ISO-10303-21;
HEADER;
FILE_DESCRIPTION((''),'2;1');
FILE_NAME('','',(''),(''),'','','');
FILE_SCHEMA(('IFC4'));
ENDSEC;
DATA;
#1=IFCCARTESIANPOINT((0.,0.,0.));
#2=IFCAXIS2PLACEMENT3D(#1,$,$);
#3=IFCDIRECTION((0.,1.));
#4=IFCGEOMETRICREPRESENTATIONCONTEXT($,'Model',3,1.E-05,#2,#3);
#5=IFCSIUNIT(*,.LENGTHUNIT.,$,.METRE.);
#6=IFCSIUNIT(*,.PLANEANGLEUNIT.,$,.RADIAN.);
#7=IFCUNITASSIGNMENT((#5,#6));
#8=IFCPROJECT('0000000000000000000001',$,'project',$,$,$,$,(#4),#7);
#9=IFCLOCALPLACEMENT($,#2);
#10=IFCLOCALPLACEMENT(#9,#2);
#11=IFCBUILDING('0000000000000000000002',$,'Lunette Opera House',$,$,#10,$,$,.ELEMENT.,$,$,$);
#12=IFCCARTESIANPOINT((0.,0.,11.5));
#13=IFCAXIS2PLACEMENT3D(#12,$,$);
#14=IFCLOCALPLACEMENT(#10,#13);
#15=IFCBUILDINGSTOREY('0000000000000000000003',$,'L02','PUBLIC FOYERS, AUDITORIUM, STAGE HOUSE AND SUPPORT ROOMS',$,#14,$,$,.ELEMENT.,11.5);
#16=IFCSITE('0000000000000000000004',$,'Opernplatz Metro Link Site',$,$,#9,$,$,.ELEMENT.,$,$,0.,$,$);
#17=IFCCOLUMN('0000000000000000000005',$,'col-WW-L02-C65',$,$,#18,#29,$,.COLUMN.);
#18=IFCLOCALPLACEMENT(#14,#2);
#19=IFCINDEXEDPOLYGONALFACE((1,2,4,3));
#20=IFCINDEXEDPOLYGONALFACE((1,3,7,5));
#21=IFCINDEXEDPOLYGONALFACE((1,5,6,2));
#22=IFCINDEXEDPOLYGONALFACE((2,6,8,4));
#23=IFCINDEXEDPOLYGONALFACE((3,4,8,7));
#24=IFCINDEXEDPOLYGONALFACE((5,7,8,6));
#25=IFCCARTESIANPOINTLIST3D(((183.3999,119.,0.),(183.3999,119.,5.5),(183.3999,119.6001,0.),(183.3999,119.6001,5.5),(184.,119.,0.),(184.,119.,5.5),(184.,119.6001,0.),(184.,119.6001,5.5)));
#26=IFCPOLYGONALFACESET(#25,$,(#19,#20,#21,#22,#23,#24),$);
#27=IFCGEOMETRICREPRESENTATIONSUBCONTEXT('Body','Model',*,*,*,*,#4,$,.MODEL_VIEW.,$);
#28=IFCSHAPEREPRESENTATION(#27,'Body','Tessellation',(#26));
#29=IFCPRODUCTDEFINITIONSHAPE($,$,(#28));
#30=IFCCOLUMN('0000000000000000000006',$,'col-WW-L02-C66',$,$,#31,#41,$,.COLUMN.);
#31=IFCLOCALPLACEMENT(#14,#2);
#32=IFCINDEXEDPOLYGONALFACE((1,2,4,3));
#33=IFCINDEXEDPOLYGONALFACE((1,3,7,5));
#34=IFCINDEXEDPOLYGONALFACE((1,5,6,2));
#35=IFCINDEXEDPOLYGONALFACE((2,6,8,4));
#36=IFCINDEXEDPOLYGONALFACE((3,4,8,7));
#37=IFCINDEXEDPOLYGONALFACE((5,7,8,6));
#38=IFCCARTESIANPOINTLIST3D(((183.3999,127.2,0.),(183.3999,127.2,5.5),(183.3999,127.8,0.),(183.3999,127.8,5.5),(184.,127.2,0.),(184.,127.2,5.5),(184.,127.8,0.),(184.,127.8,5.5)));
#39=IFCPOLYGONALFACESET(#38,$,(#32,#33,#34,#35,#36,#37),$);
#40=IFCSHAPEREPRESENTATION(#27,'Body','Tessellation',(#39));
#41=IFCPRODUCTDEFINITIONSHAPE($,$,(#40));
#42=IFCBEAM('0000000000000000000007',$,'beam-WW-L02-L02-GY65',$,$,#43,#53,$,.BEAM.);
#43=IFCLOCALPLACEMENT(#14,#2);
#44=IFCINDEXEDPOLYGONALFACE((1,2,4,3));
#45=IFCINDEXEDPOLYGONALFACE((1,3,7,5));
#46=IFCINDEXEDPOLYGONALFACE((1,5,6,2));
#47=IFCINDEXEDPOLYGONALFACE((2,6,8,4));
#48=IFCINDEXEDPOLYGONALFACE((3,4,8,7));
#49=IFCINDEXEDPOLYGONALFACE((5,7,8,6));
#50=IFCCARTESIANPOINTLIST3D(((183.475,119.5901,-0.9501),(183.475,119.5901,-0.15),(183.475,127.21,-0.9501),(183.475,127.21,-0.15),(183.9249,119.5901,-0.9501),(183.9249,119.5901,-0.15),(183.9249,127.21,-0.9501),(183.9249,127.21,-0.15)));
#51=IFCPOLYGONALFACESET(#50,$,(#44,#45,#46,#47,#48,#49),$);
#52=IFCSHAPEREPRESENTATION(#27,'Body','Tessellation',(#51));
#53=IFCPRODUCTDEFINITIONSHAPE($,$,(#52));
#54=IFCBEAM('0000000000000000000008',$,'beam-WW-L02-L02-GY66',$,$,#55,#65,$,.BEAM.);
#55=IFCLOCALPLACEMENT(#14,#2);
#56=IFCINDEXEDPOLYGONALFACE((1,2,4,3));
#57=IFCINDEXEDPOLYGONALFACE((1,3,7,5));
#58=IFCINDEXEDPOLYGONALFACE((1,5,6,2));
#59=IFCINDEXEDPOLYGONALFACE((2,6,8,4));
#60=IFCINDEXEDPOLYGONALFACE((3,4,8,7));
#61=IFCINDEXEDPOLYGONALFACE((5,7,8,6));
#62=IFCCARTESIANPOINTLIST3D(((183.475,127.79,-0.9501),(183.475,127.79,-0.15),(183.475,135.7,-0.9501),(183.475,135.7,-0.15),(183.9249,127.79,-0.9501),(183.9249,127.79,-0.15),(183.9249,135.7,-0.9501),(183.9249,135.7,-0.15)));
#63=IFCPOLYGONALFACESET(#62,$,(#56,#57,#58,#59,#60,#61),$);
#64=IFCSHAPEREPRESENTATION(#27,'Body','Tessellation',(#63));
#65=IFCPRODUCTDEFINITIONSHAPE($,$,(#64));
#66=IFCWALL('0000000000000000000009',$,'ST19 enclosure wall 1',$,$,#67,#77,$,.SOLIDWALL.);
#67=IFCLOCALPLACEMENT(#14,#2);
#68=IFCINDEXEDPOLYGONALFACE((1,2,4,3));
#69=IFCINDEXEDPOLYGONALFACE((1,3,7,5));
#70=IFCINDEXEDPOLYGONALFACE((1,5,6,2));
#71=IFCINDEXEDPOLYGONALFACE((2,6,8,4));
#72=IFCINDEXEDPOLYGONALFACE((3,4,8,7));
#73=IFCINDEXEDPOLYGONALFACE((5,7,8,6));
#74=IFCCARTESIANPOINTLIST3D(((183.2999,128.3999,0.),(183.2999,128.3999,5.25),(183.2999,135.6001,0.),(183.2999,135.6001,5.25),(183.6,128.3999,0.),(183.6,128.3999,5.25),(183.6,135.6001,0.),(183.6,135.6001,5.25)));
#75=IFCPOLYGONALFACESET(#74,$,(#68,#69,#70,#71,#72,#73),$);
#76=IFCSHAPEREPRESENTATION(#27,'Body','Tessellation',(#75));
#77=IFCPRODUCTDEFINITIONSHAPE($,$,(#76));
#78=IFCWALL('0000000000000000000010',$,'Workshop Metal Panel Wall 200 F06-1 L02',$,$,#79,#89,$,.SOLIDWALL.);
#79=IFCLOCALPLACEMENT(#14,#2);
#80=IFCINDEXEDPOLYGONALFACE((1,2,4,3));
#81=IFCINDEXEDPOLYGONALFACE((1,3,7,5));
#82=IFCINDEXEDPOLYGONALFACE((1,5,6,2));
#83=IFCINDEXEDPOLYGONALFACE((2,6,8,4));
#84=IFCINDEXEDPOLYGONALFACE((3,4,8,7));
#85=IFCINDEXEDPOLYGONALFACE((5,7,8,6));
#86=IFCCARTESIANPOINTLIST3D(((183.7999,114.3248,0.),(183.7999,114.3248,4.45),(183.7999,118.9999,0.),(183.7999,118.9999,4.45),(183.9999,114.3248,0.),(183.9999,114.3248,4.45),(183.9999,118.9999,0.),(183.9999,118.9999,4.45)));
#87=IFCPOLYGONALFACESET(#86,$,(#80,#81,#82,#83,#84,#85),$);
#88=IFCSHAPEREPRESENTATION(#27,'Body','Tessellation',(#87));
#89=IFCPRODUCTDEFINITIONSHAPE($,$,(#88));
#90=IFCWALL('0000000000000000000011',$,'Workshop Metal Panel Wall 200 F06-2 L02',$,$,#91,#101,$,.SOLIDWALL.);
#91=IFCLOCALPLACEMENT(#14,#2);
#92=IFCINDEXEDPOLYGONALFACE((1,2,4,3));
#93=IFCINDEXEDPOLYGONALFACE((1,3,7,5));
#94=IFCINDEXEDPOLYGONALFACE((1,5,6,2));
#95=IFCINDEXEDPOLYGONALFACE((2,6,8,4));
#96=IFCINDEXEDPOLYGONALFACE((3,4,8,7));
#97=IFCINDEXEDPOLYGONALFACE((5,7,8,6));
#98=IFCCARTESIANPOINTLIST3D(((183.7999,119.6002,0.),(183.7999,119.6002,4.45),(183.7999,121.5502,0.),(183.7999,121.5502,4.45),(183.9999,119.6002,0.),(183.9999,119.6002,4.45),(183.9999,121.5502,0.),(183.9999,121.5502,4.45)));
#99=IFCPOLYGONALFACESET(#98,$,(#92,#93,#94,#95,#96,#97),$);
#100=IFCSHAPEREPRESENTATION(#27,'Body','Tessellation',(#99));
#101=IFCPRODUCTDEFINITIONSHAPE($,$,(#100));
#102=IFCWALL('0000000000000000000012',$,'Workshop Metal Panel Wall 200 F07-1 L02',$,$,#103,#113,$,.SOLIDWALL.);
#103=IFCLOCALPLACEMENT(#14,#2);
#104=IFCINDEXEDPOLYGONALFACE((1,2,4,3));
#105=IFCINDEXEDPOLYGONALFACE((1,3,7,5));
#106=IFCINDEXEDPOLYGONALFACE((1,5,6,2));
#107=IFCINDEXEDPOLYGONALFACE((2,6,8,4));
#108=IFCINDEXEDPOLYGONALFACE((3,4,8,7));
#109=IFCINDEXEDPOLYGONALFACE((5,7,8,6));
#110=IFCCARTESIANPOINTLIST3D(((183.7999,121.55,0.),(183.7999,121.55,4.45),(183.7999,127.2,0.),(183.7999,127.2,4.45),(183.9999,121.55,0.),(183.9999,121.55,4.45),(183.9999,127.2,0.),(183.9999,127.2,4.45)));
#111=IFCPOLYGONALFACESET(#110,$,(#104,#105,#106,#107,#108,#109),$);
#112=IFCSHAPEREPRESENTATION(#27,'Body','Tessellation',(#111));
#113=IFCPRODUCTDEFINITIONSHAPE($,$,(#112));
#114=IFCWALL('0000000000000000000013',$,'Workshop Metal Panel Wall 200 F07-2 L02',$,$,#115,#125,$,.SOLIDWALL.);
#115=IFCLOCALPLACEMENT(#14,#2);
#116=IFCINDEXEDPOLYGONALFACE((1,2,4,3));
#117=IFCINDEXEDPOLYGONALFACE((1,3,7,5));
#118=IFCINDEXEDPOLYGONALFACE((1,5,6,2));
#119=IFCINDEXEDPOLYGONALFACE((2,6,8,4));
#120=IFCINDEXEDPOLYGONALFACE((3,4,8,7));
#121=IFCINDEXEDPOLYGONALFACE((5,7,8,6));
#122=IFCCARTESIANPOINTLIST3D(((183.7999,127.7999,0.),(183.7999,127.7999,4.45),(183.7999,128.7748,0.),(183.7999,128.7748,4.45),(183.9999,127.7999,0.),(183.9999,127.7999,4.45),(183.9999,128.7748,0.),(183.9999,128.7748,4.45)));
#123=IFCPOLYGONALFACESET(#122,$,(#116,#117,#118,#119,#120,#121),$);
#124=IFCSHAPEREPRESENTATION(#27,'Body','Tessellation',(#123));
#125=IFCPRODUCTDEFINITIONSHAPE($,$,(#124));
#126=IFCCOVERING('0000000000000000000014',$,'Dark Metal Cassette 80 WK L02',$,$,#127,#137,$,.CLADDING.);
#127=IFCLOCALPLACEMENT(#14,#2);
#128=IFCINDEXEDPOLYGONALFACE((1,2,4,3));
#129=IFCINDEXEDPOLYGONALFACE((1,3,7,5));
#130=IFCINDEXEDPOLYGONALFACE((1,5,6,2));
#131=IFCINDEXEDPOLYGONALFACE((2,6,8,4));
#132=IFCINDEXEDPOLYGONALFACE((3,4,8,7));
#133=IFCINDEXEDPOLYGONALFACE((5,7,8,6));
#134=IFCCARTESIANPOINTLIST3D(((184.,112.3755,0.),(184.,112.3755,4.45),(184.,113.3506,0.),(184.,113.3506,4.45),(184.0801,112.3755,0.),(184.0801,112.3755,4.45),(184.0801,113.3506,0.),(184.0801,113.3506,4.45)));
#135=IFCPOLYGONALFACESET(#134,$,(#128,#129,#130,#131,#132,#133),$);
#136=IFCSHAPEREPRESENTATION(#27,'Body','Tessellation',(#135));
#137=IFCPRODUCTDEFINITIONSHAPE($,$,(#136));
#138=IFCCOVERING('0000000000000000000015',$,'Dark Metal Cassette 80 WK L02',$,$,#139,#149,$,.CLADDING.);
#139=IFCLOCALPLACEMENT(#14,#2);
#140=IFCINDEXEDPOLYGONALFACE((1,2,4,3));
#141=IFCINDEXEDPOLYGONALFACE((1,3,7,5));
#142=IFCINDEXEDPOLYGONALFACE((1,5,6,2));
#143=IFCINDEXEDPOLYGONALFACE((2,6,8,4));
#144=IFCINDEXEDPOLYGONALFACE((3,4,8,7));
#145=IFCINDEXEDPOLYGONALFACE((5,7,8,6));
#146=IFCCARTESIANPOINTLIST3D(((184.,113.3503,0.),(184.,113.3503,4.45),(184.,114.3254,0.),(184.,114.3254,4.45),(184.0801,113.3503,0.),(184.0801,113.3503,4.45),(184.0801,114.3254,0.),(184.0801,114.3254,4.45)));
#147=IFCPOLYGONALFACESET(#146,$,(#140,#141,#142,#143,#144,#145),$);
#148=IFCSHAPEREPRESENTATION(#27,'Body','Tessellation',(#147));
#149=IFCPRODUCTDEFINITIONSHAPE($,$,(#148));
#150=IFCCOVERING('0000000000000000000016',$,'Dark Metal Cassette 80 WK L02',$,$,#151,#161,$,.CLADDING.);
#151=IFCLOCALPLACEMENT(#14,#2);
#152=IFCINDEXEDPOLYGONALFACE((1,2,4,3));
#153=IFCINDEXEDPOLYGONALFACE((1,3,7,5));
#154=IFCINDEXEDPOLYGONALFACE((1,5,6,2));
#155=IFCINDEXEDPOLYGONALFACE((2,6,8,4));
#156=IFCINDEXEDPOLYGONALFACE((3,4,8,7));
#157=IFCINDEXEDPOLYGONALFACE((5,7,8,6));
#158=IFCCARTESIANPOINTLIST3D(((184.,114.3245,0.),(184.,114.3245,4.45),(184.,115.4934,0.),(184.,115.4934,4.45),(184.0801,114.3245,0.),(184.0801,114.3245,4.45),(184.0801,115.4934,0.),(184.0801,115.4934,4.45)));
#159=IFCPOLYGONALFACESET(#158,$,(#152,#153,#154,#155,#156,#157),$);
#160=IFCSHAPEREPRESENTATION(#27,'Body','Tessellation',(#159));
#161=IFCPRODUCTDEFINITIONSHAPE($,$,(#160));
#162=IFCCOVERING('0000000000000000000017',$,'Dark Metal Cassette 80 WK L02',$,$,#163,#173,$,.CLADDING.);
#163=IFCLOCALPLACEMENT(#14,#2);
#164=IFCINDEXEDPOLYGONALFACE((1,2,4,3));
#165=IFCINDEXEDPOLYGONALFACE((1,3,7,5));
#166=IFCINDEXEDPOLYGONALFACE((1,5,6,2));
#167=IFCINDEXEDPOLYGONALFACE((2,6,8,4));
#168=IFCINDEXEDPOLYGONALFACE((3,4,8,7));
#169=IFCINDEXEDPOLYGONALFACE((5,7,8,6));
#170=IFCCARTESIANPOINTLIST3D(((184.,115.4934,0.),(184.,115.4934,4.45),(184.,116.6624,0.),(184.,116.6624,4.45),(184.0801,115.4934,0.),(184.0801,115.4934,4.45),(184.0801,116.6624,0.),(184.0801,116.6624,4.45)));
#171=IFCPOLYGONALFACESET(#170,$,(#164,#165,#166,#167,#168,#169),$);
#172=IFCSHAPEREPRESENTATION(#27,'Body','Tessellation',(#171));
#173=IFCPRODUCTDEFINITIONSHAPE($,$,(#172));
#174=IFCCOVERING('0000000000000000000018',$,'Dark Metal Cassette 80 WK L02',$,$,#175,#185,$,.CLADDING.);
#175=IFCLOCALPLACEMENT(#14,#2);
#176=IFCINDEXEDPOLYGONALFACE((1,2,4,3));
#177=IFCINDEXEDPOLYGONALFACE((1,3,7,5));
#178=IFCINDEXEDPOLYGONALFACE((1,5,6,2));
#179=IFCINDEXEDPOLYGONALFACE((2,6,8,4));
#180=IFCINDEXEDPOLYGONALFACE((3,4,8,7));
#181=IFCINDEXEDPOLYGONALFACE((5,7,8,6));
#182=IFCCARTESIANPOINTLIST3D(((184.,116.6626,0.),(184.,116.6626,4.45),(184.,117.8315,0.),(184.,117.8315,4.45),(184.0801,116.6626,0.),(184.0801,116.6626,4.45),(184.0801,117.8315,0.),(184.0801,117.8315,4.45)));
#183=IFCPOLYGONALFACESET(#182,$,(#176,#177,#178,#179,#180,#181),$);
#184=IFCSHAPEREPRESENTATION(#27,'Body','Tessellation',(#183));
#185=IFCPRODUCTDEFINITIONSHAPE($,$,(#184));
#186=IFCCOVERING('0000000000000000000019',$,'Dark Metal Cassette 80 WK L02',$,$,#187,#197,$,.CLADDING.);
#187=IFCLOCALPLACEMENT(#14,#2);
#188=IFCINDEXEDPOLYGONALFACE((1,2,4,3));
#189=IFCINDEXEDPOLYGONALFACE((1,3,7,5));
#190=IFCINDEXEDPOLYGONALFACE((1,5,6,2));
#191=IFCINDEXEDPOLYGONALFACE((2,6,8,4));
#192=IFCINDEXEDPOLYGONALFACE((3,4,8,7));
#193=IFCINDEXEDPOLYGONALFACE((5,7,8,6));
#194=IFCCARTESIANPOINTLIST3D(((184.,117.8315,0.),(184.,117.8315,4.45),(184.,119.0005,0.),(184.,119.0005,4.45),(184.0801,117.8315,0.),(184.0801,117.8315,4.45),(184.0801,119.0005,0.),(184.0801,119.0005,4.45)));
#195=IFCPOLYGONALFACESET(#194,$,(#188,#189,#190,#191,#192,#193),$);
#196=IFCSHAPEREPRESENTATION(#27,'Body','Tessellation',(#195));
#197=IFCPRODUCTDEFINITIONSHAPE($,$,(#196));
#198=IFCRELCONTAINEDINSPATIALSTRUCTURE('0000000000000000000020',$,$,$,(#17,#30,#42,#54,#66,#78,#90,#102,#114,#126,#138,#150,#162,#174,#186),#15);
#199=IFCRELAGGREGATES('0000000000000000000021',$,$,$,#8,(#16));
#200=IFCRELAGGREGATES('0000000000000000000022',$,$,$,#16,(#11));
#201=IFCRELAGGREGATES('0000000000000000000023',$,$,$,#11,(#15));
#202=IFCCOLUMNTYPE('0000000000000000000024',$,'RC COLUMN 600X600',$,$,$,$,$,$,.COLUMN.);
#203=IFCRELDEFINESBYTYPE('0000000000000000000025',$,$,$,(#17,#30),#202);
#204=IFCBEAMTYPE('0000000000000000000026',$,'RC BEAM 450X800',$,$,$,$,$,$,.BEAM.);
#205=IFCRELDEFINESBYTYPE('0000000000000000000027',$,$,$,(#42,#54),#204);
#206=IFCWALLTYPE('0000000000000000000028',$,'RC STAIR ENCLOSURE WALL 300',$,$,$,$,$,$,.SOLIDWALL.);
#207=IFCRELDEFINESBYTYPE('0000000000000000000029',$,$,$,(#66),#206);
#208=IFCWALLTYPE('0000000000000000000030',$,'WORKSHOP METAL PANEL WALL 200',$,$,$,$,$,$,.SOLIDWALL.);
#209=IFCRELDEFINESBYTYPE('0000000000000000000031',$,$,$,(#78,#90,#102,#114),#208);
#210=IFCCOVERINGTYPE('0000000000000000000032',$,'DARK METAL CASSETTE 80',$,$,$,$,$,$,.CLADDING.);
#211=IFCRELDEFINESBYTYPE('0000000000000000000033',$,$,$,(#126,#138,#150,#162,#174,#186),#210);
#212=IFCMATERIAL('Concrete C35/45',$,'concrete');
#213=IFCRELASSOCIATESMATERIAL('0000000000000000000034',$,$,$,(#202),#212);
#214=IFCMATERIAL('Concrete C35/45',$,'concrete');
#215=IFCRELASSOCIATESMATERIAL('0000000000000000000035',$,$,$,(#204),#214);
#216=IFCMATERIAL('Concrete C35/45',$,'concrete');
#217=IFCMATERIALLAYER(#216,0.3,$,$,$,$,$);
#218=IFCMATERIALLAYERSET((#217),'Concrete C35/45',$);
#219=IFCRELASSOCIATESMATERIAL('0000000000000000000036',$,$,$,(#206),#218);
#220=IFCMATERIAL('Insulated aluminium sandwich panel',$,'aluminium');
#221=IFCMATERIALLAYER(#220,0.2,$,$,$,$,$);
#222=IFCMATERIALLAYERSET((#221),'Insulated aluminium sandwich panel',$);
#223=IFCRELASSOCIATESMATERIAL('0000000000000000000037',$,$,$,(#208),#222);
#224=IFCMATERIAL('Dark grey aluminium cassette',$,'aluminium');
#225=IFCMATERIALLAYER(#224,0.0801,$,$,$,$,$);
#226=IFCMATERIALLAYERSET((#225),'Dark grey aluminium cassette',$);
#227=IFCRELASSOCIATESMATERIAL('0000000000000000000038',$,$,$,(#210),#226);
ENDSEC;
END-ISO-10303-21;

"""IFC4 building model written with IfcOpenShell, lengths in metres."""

from ifc_helpers import new_model, si_unit, direction, frame, frame_2d, origin, origin_2d, place, context, subcontext, project, spatial, rectangle, extrude, material, layer, layer_set, material_profile, profile_set, type_object, element, save


model = new_model("IFC4")

# Units and contexts
model_context = context("Model", 3, precision=1e-05, world=origin(), true_north=direction((0.0, 1.0)))
body_context = subcontext(model_context, "Body", "Model", "MODEL_VIEW")
ifc_project = project(units=[si_unit("LENGTHUNIT", "METRE"), si_unit("PLANEANGLEUNIT", "RADIAN")], contexts=[model_context])

# Site, building, storey
site_placement = place(None, origin())
site = spatial("IfcSite", under=ifc_project, at=site_placement, Name="Opernplatz Metro Link Site", CompositionType="ELEMENT", RefElevation=0.0)
building_placement = place(site_placement, origin())
building = spatial("IfcBuilding", under=site, at=building_placement, Name="Lunette Opera House", CompositionType="ELEMENT")
storey_placement = place(building_placement, frame((0.0, 0.0, 11.5)))
storey = spatial("IfcBuildingStorey", under=building, at=storey_placement, Name="L02", Description="PUBLIC FOYERS, AUDITORIUM, STAGE HOUSE AND SUPPORT ROOMS", CompositionType="ELEMENT", Elevation=11.5)

# Columns
ifc_material_1 = material(Name="Concrete C35/45", Category="concrete")
ifc_material_profile_1 = material_profile(ifc_material_1, rectangle(XDim=0.6001, YDim=0.6001, at=origin_2d()), Name="RC COLUMN 600X600")
ifc_profile_set_1 = profile_set([ifc_material_profile_1], Name="Concrete C35/45")
column_type = type_object("IfcColumnType", Name="RC COLUMN 600X600", PredefinedType="COLUMN", material=ifc_profile_set_1)
for number, where, z_axis, x_axis, name in (
    (1, (183.7, 119.3, 0.0), (0.0, 0.0, 1.0), (1.0, 0.0, 0.0), "col-WW-L02-C65"),
    (2, (183.7, 127.5, 0.0), (0.0, 0.0, 1.0), (1.0, 0.0, 0.0), "col-WW-L02-C66"),
):
    element("IfcColumn", number, at=place(storey_placement, frame(where, z_axis=z_axis, x_axis=x_axis)), inside=storey, type_object=column_type, Name=name, PredefinedType="COLUMN", context=body_context, shape_type="SweptSolid", body=[
        extrude(rectangle(XDim=0.6001, YDim=0.6001, at=origin_2d()), origin(), (0.0, 0.0, 1.0), 5.5),
    ])

# Beams
ifc_material_2 = material(Name="Concrete C35/45", Category="concrete")
ifc_material_profile_2 = material_profile(ifc_material_2, rectangle(XDim=0.45, YDim=0.8, at=origin_2d()), Name="RC BEAM 450X800")
ifc_profile_set_2 = profile_set([ifc_material_profile_2], Name="Concrete C35/45")
beam_type = type_object("IfcBeamType", Name="RC BEAM 450X800", PredefinedType="BEAM", material=ifc_profile_set_2)
beam_1_placement = place(storey_placement, frame((183.7, 119.5901, -0.55), z_axis=(0.0, 1.0, 0.0), x_axis=(-1.0, 0.0, 0.0)))
element("IfcBeam", 3, at=beam_1_placement, inside=storey, type_object=beam_type, Name="beam-WW-L02-L02-GY65", PredefinedType="BEAM", context=body_context, shape_type="SweptSolid", body=[
    extrude(rectangle(XDim=0.45, YDim=0.8, at=origin_2d()), origin(), (0.0, 0.0, 1.0), 7.6199),
])
beam_2_placement = place(storey_placement, frame((183.7, 127.79, -0.55), z_axis=(0.0, 1.0, 0.0), x_axis=(-1.0, 0.0, 0.0)))
element("IfcBeam", 4, at=beam_2_placement, inside=storey, type_object=beam_type, Name="beam-WW-L02-L02-GY66", PredefinedType="BEAM", context=body_context, shape_type="SweptSolid", body=[
    extrude(rectangle(XDim=0.45, YDim=0.8, at=origin_2d()), origin(), (0.0, 0.0, 1.0), 7.9099),
])

# Walls
ifc_material_3 = material(Name="Concrete C35/45", Category="concrete")
ifc_layer_1 = layer(ifc_material_3, 0.3)
ifc_layer_set_1 = layer_set([ifc_layer_1], Name="Concrete C35/45")
wall_type_1 = type_object("IfcWallType", Name="RC STAIR ENCLOSURE WALL 300", PredefinedType="SOLIDWALL", material=ifc_layer_set_1)
wall_1_placement = place(storey_placement, frame((183.45, 128.3999, 0.0), z_axis=(0.0, 0.0, 1.0), x_axis=(0.0, 1.0, 0.0)))
element("IfcWall", 5, at=wall_1_placement, inside=storey, type_object=wall_type_1, Name="ST19 enclosure wall 1", PredefinedType="SOLIDWALL", context=body_context, shape_type="SweptSolid", body=[
    extrude(rectangle(XDim=7.2002, YDim=0.3, at=frame_2d((3.6001, 0.0))), origin(), (0.0, 0.0, 1.0), 5.25),
])
ifc_material_4 = material(Name="Insulated aluminium sandwich panel", Category="aluminium")
ifc_layer_2 = layer(ifc_material_4, 0.2)
ifc_layer_set_2 = layer_set([ifc_layer_2], Name="Insulated aluminium sandwich panel")
wall_type_2 = type_object("IfcWallType", Name="WORKSHOP METAL PANEL WALL 200", PredefinedType="SOLIDWALL", material=ifc_layer_set_2)
wall_2_placement = place(storey_placement, frame((183.8999, 114.325, 0.0), z_axis=(0.0, 0.0, 1.0), x_axis=(0.0, 1.0, 0.0)))
element("IfcWall", 6, at=wall_2_placement, inside=storey, type_object=wall_type_2, Name="Workshop Metal Panel Wall 200 F06-1 L02", PredefinedType="SOLIDWALL", context=body_context, shape_type="SweptSolid", body=[
    extrude(rectangle(XDim=4.675, YDim=0.2, at=frame_2d((2.3374, 0.0))), origin(), (0.0, 0.0, 1.0), 4.45),
])
wall_3_placement = place(storey_placement, frame((183.8999, 119.6001, 0.0), z_axis=(0.0, 0.0, 1.0), x_axis=(0.0, 1.0, 0.0)))
element("IfcWall", 7, at=wall_3_placement, inside=storey, type_object=wall_type_2, Name="Workshop Metal Panel Wall 200 F06-2 L02", PredefinedType="SOLIDWALL", context=body_context, shape_type="SweptSolid", body=[
    extrude(rectangle(XDim=1.95, YDim=0.2, at=frame_2d((0.9751, 0.0))), origin(), (0.0, 0.0, 1.0), 4.45),
])
wall_4_placement = place(storey_placement, frame((183.8999, 121.55, 0.0), z_axis=(0.0, 0.0, 1.0), x_axis=(0.0, 1.0, 0.0)))
element("IfcWall", 8, at=wall_4_placement, inside=storey, type_object=wall_type_2, Name="Workshop Metal Panel Wall 200 F07-1 L02", PredefinedType="SOLIDWALL", context=body_context, shape_type="SweptSolid", body=[
    extrude(rectangle(XDim=5.6499, YDim=0.2, at=frame_2d((2.825, 0.0))), origin(), (0.0, 0.0, 1.0), 4.45),
])
wall_5_placement = place(storey_placement, frame((183.8999, 127.8, 0.0), z_axis=(0.0, 0.0, 1.0), x_axis=(0.0, 1.0, 0.0)))
element("IfcWall", 9, at=wall_5_placement, inside=storey, type_object=wall_type_2, Name="Workshop Metal Panel Wall 200 F07-2 L02", PredefinedType="SOLIDWALL", context=body_context, shape_type="SweptSolid", body=[
    extrude(rectangle(XDim=0.9749, YDim=0.2, at=frame_2d((0.4873, 0.0))), origin(), (0.0, 0.0, 1.0), 4.45),
])

# Coverings
ifc_material_5 = material(Name="Dark grey aluminium cassette", Category="aluminium")
ifc_layer_3 = layer(ifc_material_5, 0.0801)
ifc_layer_set_3 = layer_set([ifc_layer_3], Name="Dark grey aluminium cassette")
covering_type = type_object("IfcCoveringType", Name="DARK METAL CASSETTE 80", PredefinedType="CLADDING", material=ifc_layer_set_3)
for number, where, z_axis, x_axis, name in (
    (10, (184.04, 112.863, 0.0), (0.0, 0.0, 1.0), (0.0, 1.0, 0.0), "Dark Metal Cassette 80 WK L02"),
    (11, (184.04, 113.8379, 0.0), (0.0, 0.0, 1.0), (0.0, 1.0, 0.0), "Dark Metal Cassette 80 WK L02"),
):
    element("IfcCovering", number, at=place(storey_placement, frame(where, z_axis=z_axis, x_axis=x_axis)), inside=storey, type_object=covering_type, Name=name, PredefinedType="CLADDING", context=body_context, shape_type="SweptSolid", body=[
        extrude(rectangle(XDim=0.9751, YDim=0.0801, at=origin_2d()), origin(), (0.0, 0.0, 1.0), 4.45),
    ])
for number, where, z_axis, x_axis, name in (
    (12, (184.04, 114.9089, 0.0), (0.0, 0.0, 1.0), (0.0, 1.0, 0.0), "Dark Metal Cassette 80 WK L02"),
    (13, (184.04, 116.0779, 0.0), (0.0, 0.0, 1.0), (0.0, 1.0, 0.0), "Dark Metal Cassette 80 WK L02"),
    (14, (184.04, 117.2471, 0.0), (0.0, 0.0, 1.0), (0.0, 1.0, 0.0), "Dark Metal Cassette 80 WK L02"),
    (15, (184.04, 118.416, 0.0), (0.0, 0.0, 1.0), (0.0, 1.0, 0.0), "Dark Metal Cassette 80 WK L02"),
):
    element("IfcCovering", number, at=place(storey_placement, frame(where, z_axis=z_axis, x_axis=x_axis)), inside=storey, type_object=covering_type, Name=name, PredefinedType="CLADDING", context=body_context, shape_type="SweptSolid", body=[
        extrude(rectangle(XDim=1.1689, YDim=0.0801, at=origin_2d()), origin(), (0.0, 0.0, 1.0), 4.45),
    ])

save(model, "model.ifc")
